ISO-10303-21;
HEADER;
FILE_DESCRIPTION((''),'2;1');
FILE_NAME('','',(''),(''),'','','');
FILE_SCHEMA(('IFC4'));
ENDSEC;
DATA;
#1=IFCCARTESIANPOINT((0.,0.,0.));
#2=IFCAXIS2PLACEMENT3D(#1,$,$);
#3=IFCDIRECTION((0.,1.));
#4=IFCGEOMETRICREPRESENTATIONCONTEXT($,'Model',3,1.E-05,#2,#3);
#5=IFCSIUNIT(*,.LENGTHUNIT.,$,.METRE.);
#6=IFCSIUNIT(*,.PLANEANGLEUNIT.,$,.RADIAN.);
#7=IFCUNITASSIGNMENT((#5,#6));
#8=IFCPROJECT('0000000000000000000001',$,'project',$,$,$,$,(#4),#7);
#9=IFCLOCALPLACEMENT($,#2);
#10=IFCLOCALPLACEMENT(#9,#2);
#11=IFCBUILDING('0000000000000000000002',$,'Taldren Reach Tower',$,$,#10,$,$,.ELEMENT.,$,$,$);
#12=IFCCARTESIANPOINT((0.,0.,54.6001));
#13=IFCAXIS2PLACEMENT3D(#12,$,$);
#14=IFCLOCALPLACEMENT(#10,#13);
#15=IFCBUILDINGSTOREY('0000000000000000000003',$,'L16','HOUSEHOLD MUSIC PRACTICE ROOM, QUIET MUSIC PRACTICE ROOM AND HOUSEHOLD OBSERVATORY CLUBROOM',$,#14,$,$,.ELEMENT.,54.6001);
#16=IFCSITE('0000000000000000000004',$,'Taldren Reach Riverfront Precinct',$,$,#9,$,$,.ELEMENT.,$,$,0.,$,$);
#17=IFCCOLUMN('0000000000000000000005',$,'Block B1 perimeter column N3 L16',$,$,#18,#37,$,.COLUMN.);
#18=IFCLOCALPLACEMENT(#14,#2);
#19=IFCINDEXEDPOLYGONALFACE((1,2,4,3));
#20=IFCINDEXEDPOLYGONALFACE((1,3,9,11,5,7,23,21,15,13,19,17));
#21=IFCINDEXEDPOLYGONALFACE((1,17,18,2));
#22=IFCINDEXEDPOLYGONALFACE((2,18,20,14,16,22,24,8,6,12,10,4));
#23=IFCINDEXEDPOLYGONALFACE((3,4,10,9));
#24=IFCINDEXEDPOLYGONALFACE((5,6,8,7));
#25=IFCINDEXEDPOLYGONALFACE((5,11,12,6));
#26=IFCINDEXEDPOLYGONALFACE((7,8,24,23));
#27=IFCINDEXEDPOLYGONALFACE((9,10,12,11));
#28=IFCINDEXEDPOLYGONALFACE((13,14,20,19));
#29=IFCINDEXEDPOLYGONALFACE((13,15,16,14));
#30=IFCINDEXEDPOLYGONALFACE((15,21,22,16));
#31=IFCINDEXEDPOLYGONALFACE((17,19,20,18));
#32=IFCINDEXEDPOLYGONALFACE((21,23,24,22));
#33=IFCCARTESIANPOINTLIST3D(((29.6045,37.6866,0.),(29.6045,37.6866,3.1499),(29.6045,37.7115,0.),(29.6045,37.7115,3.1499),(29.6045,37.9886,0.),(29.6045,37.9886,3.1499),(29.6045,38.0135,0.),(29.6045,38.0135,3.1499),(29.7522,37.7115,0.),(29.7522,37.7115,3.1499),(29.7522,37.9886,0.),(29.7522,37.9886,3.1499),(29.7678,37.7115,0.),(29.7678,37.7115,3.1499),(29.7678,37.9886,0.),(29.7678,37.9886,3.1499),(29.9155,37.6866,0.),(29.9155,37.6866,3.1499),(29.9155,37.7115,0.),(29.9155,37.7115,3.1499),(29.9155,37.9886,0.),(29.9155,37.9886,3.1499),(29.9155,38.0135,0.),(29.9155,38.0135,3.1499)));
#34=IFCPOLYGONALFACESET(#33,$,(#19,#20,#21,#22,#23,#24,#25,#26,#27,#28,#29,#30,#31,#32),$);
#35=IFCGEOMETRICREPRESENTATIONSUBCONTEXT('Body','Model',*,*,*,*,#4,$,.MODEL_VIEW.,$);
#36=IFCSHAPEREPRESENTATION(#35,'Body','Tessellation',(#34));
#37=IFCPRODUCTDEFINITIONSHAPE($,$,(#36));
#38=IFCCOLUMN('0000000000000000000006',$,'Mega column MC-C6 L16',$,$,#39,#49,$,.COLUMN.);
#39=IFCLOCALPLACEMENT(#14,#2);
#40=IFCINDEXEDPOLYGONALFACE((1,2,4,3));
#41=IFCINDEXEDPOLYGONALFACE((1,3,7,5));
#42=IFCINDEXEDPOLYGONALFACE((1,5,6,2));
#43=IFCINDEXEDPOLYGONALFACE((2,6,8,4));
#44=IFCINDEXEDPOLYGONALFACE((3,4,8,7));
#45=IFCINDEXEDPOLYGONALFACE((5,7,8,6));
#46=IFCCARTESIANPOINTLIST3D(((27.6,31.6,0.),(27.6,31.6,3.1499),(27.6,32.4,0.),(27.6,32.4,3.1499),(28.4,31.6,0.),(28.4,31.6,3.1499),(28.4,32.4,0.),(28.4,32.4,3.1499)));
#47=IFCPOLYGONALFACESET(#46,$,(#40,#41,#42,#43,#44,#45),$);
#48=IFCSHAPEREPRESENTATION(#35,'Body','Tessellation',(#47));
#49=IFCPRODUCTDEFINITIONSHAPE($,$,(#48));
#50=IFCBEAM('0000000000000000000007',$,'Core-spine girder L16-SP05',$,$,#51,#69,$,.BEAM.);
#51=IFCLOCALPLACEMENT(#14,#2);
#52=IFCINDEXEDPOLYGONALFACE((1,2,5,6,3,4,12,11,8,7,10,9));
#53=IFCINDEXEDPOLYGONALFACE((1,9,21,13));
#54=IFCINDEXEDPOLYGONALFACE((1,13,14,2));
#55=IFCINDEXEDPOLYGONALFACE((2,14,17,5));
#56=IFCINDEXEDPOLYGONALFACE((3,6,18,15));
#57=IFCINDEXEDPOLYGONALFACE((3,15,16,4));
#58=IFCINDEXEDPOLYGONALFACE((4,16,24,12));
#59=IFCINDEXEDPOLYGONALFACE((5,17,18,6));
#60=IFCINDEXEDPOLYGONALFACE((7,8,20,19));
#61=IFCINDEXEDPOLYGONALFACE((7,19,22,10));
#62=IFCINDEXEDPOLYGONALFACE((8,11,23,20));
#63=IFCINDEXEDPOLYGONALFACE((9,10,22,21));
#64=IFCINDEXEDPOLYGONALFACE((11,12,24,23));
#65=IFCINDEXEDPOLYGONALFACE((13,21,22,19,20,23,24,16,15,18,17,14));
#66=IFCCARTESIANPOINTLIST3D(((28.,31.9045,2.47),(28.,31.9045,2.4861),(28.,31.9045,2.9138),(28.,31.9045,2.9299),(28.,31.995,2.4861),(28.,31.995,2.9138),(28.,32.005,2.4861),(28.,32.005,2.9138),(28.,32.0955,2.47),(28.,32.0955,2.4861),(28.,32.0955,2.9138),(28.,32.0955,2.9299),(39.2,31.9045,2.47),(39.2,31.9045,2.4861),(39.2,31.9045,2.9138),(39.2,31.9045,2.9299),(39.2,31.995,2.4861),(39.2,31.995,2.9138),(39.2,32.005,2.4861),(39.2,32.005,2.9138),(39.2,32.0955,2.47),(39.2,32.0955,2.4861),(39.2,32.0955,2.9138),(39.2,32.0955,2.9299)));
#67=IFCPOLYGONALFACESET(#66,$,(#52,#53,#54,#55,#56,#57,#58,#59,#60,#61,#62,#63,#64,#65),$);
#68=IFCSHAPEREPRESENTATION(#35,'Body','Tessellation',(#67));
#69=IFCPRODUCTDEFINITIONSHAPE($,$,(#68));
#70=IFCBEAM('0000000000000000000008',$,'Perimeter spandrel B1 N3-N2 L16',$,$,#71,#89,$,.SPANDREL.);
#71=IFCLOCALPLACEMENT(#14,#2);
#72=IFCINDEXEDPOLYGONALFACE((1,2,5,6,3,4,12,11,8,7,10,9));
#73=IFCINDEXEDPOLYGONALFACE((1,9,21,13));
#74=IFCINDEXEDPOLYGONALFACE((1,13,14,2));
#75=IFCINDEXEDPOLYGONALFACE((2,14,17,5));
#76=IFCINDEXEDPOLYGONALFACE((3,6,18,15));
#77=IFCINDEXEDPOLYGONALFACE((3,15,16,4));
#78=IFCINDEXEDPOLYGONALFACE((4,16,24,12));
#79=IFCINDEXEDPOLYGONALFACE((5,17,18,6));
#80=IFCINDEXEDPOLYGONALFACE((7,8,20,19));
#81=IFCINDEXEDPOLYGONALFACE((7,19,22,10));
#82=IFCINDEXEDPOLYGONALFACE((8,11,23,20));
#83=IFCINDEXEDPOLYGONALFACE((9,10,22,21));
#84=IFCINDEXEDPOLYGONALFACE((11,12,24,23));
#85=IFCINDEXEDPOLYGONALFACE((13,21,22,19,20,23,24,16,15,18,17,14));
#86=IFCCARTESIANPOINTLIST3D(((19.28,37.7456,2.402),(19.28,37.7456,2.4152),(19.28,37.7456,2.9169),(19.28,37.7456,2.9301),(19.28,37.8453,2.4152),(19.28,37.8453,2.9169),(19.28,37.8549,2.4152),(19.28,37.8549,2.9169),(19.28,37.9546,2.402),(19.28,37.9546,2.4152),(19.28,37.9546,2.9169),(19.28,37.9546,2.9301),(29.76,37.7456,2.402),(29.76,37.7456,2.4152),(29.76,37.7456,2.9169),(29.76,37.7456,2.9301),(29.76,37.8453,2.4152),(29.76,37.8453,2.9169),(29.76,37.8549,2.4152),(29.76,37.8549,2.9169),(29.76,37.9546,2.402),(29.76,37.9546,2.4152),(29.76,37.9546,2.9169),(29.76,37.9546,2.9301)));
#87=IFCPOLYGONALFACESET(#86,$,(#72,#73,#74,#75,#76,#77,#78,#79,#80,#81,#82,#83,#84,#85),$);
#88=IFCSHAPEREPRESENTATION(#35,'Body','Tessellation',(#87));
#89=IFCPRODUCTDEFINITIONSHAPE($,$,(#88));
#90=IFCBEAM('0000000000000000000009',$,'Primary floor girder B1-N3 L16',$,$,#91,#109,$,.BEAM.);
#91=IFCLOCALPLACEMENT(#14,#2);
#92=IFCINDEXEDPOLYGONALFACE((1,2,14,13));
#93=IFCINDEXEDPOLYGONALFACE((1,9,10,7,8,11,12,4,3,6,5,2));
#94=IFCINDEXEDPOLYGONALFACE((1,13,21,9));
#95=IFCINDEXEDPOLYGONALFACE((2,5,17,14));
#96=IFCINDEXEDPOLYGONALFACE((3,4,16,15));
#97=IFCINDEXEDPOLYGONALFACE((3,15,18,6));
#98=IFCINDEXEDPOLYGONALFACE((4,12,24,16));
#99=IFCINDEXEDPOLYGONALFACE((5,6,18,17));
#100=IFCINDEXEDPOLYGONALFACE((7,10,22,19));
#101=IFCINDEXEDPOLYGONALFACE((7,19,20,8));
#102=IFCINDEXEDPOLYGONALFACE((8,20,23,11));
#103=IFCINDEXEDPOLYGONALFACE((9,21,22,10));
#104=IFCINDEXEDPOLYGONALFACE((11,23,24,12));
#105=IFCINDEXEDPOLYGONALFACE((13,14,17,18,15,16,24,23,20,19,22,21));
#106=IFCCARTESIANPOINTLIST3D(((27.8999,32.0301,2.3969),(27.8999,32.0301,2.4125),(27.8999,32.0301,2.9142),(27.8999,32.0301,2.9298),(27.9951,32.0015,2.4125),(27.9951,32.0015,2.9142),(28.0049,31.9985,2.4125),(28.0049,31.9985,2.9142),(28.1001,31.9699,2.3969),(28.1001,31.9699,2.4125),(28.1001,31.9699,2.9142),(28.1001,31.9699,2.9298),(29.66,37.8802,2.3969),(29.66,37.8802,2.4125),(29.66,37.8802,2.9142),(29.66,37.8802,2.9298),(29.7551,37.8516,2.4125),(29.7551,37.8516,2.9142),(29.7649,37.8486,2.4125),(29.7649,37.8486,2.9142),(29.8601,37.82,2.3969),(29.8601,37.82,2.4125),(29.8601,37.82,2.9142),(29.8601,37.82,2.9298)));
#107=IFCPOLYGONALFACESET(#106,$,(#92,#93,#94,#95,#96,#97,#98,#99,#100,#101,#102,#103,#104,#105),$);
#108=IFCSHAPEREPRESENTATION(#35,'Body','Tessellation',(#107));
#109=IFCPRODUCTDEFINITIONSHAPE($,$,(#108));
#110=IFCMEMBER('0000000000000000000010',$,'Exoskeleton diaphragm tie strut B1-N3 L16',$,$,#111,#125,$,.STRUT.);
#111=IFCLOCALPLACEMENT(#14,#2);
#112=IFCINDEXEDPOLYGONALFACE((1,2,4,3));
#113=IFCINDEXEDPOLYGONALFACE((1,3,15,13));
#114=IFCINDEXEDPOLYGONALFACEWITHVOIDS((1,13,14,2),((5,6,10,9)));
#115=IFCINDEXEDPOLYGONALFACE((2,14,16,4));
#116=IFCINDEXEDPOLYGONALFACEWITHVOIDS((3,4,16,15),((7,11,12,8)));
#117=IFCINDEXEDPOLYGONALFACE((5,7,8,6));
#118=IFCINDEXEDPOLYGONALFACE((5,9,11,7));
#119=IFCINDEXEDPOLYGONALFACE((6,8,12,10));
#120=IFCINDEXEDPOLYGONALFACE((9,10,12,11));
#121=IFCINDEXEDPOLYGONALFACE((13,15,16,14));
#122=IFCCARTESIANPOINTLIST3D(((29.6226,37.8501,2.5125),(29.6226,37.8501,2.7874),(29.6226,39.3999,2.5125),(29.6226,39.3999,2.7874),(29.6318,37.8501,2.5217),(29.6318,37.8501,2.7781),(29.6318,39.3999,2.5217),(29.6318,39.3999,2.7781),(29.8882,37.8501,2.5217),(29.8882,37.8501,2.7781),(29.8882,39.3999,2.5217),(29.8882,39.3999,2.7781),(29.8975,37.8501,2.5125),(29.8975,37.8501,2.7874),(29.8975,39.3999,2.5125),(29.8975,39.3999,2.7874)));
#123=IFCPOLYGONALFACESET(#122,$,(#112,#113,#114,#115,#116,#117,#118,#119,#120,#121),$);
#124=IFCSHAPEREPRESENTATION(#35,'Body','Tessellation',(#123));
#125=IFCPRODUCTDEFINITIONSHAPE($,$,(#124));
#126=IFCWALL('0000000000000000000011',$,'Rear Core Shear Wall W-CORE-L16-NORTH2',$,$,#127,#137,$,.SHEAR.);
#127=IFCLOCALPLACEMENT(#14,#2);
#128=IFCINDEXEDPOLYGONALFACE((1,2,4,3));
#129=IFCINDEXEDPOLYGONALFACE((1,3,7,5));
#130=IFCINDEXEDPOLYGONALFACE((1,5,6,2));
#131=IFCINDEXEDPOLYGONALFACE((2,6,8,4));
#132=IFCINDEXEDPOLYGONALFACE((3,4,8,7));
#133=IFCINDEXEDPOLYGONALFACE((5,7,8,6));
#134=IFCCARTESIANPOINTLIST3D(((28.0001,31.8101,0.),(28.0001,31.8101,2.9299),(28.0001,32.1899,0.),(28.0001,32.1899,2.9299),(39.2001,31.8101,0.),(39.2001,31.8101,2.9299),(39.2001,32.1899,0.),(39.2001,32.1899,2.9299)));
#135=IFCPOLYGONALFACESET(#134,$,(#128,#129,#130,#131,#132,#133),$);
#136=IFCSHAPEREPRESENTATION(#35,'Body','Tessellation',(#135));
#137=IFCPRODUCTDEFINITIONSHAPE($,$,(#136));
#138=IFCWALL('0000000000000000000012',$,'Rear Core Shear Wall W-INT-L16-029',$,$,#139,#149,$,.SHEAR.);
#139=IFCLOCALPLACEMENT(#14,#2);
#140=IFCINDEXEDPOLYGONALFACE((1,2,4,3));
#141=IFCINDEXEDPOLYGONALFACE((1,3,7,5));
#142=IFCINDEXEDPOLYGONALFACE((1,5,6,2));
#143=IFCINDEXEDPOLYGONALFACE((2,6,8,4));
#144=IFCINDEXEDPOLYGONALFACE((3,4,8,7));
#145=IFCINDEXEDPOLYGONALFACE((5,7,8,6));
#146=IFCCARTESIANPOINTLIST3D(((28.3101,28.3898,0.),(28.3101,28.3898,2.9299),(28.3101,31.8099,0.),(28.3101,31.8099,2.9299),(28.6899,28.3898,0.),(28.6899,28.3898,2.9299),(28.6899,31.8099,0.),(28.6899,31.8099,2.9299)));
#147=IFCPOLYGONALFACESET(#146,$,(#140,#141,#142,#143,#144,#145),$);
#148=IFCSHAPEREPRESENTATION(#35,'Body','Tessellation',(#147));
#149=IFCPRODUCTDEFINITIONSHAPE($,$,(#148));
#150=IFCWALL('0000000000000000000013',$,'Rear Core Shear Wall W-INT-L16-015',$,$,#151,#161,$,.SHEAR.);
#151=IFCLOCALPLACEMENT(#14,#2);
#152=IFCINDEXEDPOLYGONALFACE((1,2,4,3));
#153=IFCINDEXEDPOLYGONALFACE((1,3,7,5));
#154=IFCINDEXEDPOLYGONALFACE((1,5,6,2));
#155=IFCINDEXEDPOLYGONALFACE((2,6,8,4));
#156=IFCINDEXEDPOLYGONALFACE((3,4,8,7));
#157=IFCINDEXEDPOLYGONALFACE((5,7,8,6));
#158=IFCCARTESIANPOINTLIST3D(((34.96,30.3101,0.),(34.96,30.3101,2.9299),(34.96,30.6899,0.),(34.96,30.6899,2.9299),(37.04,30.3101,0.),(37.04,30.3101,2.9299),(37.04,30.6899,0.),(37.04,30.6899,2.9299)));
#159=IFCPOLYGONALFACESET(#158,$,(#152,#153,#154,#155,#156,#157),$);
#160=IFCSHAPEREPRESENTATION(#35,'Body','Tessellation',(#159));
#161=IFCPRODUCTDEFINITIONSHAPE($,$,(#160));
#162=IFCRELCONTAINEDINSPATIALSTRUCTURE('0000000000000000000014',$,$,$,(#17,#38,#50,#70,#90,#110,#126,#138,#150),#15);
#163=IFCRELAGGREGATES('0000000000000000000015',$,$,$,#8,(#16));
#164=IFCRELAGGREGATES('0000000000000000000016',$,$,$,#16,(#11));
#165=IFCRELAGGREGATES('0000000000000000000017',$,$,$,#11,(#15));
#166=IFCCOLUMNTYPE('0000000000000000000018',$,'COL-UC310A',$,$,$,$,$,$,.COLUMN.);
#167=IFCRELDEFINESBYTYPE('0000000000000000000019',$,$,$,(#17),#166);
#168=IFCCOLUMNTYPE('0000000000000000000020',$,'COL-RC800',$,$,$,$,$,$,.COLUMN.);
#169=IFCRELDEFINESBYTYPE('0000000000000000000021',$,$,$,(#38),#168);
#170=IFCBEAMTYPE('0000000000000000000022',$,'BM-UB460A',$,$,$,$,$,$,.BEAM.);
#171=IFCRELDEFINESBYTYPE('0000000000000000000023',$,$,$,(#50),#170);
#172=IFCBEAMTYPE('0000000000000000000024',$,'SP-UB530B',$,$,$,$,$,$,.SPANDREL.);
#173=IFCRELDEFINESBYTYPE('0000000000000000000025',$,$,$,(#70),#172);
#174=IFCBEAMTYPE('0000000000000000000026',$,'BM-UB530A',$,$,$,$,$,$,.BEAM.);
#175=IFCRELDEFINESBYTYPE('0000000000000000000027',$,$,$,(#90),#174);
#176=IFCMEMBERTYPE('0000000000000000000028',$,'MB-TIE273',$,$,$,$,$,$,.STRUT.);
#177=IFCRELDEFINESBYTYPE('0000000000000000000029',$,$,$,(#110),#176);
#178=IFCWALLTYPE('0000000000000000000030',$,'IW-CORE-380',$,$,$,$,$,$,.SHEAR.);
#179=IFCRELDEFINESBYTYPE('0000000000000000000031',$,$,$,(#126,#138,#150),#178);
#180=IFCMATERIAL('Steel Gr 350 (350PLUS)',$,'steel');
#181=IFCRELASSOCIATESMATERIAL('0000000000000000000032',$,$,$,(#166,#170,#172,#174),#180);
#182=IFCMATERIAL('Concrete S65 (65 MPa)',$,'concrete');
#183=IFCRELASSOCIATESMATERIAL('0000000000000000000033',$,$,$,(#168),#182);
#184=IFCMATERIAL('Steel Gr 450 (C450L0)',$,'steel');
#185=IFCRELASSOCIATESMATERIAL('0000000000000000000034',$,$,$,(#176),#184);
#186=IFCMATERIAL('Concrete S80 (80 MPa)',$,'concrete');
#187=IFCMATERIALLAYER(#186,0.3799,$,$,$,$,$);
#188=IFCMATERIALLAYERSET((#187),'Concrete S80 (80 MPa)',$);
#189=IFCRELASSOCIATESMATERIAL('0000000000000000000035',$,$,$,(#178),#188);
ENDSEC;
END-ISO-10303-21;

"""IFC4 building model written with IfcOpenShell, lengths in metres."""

from ifc_helpers import new_model, si_unit, direction, frame, frame_2d, origin, origin_2d, place, context, subcontext, project, spatial, rectangle, hollow_rectangle, i_section, extrude, source, transform, mapped, material, layer, layer_set, material_profile, profile_set, type_object, element, save


model = new_model("IFC4")

# Units and contexts
model_context = context("Model", 3, precision=1e-05, world=origin(), true_north=direction((0.0, 1.0)))
body_context = subcontext(model_context, "Body", "Model", "MODEL_VIEW")
ifc_project = project(units=[si_unit("LENGTHUNIT", "METRE"), si_unit("PLANEANGLEUNIT", "RADIAN")], contexts=[model_context])

# Site, building, storey
site_placement = place(None, origin())
site = spatial("IfcSite", under=ifc_project, at=site_placement, Name="Taldren Reach Riverfront Precinct", CompositionType="ELEMENT", RefElevation=0.0)
building_placement = place(site_placement, origin())
building = spatial("IfcBuilding", under=site, at=building_placement, Name="Taldren Reach Tower", CompositionType="ELEMENT")
storey_placement = place(building_placement, frame((0.0, 0.0, 54.6001)))
storey = spatial("IfcBuildingStorey", under=building, at=storey_placement, Name="L16", Description="HOUSEHOLD MUSIC PRACTICE ROOM, QUIET MUSIC PRACTICE ROOM AND HOUSEHOLD OBSERVATORY CLUBROOM", CompositionType="ELEMENT", Elevation=54.6001)

# Columns
ifc_material_1 = material(Name="Steel Gr 350 (350PLUS)", Category="steel")
ifc_material_profile_1 = material_profile(ifc_material_1, i_section(OverallWidth=0.311, OverallDepth=0.3269, WebThickness=0.0156, FlangeThickness=0.0249, at=origin_2d()), Name="310UC158")
ifc_profile_set_1 = profile_set([ifc_material_profile_1], Name="Steel Gr 350 (350PLUS)")
column_type_1 = type_object("IfcColumnType", Name="COL-UC310A", PredefinedType="COLUMN", material=ifc_profile_set_1)
shared_shape_1 = source(origin(), body_context, "Body", "SweptSolid", [
    extrude(i_section(OverallWidth=0.311, OverallDepth=0.3269, WebThickness=0.0156, FlangeThickness=0.0249, at=origin_2d()), origin(), (0.0, 0.0, 1.0), 3.1499),
])
column_1_placement = place(storey_placement, frame((29.76, 37.8501, 0.0), z_axis=(0.0, 0.0, 1.0), x_axis=(1.0, 0.0, 0.0)))
element("IfcColumn", 1, at=column_1_placement, inside=storey, type_object=column_type_1, Name="Block B1 perimeter column N3 L16", PredefinedType="COLUMN", context=body_context, shape_type="MappedRepresentation", body=[
    mapped(shared_shape_1, transform((0.0, 0.0, 0.0), scale=1.0)),
])
ifc_material_2 = material(Name="Concrete S65 (65 MPa)", Category="concrete")
ifc_material_profile_2 = material_profile(ifc_material_2, rectangle(XDim=0.8, YDim=0.8, at=origin_2d()), Name="RC-800x800")
ifc_profile_set_2 = profile_set([ifc_material_profile_2], Name="Concrete S65 (65 MPa)")
column_type_2 = type_object("IfcColumnType", Name="COL-RC800", PredefinedType="COLUMN", material=ifc_profile_set_2)
shared_shape_2 = source(origin(), body_context, "Body", "SweptSolid", [
    extrude(rectangle(XDim=0.8, YDim=0.8, at=origin_2d()), origin(), (0.0, 0.0, 1.0), 3.1499),
])
column_2_placement = place(storey_placement, frame((28.0, 32.0, 0.0), z_axis=(0.0, 0.0, 1.0), x_axis=(1.0, 0.0, 0.0)))
element("IfcColumn", 2, at=column_2_placement, inside=storey, type_object=column_type_2, Name="Mega column MC-C6 L16", PredefinedType="COLUMN", context=body_context, shape_type="MappedRepresentation", body=[
    mapped(shared_shape_2, transform((0.0, 0.0, 0.0), scale=1.0)),
])

# Beams
ifc_material_profile_3 = material_profile(ifc_material_1, i_section(OverallWidth=0.1909, OverallDepth=0.46, WebThickness=0.01, FlangeThickness=0.0161, at=origin_2d()), Name="460UB82.1")
ifc_profile_set_3 = profile_set([ifc_material_profile_3], Name="Steel Gr 350 (350PLUS)")
beam_type_1 = type_object("IfcBeamType", Name="BM-UB460A", PredefinedType="BEAM", material=ifc_profile_set_3)
shared_shape_3 = source(origin(), body_context, "Body", "SweptSolid", [
    extrude(i_section(OverallWidth=0.1909, OverallDepth=0.46, WebThickness=0.01, FlangeThickness=0.0161, at=origin_2d()), origin(), (0.0, 0.0, 1.0), 11.2),
])
beam_1_placement = place(storey_placement, frame((28.0, 32.0, 2.7), z_axis=(1.0, 0.0, 0.0), x_axis=(0.0, 1.0, 0.0)))
element("IfcBeam", 3, at=beam_1_placement, inside=storey, type_object=beam_type_1, Name="Core-spine girder L16-SP05", PredefinedType="BEAM", context=body_context, shape_type="MappedRepresentation", body=[
    mapped(shared_shape_3, transform((0.0, 0.0, 0.0), scale=1.0)),
])
ifc_material_profile_4 = material_profile(ifc_material_1, i_section(OverallWidth=0.209, OverallDepth=0.5281, WebThickness=0.0095, FlangeThickness=0.0132, at=origin_2d()), Name="530UB82.0")
ifc_profile_set_4 = profile_set([ifc_material_profile_4], Name="Steel Gr 350 (350PLUS)")
beam_type_2 = type_object("IfcBeamType", Name="SP-UB530B", PredefinedType="SPANDREL", material=ifc_profile_set_4)
shared_shape_4 = source(origin(), body_context, "Body", "SweptSolid", [
    extrude(i_section(OverallWidth=0.209, OverallDepth=0.5281, WebThickness=0.0095, FlangeThickness=0.0132, at=origin_2d()), origin(), (0.0, 0.0, 1.0), 10.48),
])
beam_2_placement = place(storey_placement, frame((29.76, 37.8501, 2.666), z_axis=(-1.0, 0.0, 0.0), x_axis=(0.0, -1.0, 0.0)))
element("IfcBeam", 4, at=beam_2_placement, inside=storey, type_object=beam_type_2, Name="Perimeter spandrel B1 N3-N2 L16", PredefinedType="SPANDREL", context=body_context, shape_type="MappedRepresentation", body=[
    mapped(shared_shape_4, transform((0.0, 0.0, 0.0), scale=1.0)),
])
ifc_material_profile_5 = material_profile(ifc_material_1, i_section(OverallWidth=0.209, OverallDepth=0.533, WebThickness=0.0103, FlangeThickness=0.0156, at=origin_2d()), Name="530UB92.4")
ifc_profile_set_5 = profile_set([ifc_material_profile_5], Name="Steel Gr 350 (350PLUS)")
beam_type_3 = type_object("IfcBeamType", Name="BM-UB530A", PredefinedType="BEAM", material=ifc_profile_set_5)
shared_shape_5 = source(origin(), body_context, "Body", "SweptSolid", [
    extrude(i_section(OverallWidth=0.209, OverallDepth=0.533, WebThickness=0.0103, FlangeThickness=0.0156, at=origin_2d()), origin(), (0.0, 0.0, 1.0), 6.1091),
])
beam_3_placement = place(storey_placement, frame((28.0, 32.0, 2.6633), z_axis=(0.288096, 0.957602, 0.0), x_axis=(-0.957602, 0.288096, 0.0)))
element("IfcBeam", 5, at=beam_3_placement, inside=storey, type_object=beam_type_3, Name="Primary floor girder B1-N3 L16", PredefinedType="BEAM", context=body_context, shape_type="MappedRepresentation", body=[
    mapped(shared_shape_5, transform((0.0, 0.0, 0.0), scale=1.0)),
])

# Member
ifc_material_3 = material(Name="Steel Gr 450 (C450L0)", Category="steel")
ifc_material_profile_6 = material_profile(ifc_material_3, hollow_rectangle(XDim=0.2749, YDim=0.2749, WallThickness=0.0093, at=origin_2d()), Name="275x275x9.3SHS")
ifc_profile_set_6 = profile_set([ifc_material_profile_6], Name="Steel Gr 450 (C450L0)")
member_type = type_object("IfcMemberType", Name="MB-TIE273", PredefinedType="STRUT", material=ifc_profile_set_6)
shared_shape_6 = source(origin(), body_context, "Body", "SweptSolid", [
    extrude(hollow_rectangle(XDim=0.2749, YDim=0.2749, WallThickness=0.0093, at=origin_2d()), origin(), (0.0, 0.0, 1.0), 1.5498),
])
member_placement = place(storey_placement, frame((29.76, 37.8501, 2.6499), z_axis=(0.0, 1.0, 0.0), x_axis=(-1.0, 0.0, 0.0)))
element("IfcMember", 6, at=member_placement, inside=storey, type_object=member_type, Name="Exoskeleton diaphragm tie strut B1-N3 L16", PredefinedType="STRUT", context=body_context, shape_type="MappedRepresentation", body=[
    mapped(shared_shape_6, transform((0.0, 0.0, 0.0), scale=1.0)),
])

# Walls
ifc_material_4 = material(Name="Concrete S80 (80 MPa)", Category="concrete")
ifc_layer_1 = layer(ifc_material_4, 0.3799)
ifc_layer_set_1 = layer_set([ifc_layer_1], Name="Concrete S80 (80 MPa)")
wall_type_1 = type_object("IfcWallType", Name="IW-CORE-380", PredefinedType="SHEAR", material=ifc_layer_set_1)
shared_shape_7 = source(origin(), body_context, "Body", "SweptSolid", [
    extrude(rectangle(XDim=11.2, YDim=0.3799, at=frame_2d((5.6001, 0.0))), origin(), (0.0, 0.0, 1.0), 2.9299),
])
wall_1_placement = place(storey_placement, frame((28.0, 32.0, 0.0), z_axis=(0.0, 0.0, 1.0), x_axis=(1.0, 0.0, 0.0)))
element("IfcWall", 7, at=wall_1_placement, inside=storey, type_object=wall_type_1, Name="Rear Core Shear Wall W-CORE-L16-NORTH2", PredefinedType="SHEAR", context=body_context, shape_type="MappedRepresentation", body=[
    mapped(shared_shape_7, transform((0.0, 0.0, 0.0), scale=1.0)),
])
shared_shape_8 = source(origin(), body_context, "Body", "SweptSolid", [
    extrude(rectangle(XDim=3.4202, YDim=0.3799, at=frame_2d((1.71, 0.0))), origin(), (0.0, 0.0, 1.0), 2.9299),
])
wall_2_placement = place(storey_placement, frame((28.5, 28.3899, 0.0), z_axis=(0.0, 0.0, 1.0), x_axis=(0.0, 1.0, 0.0)))
element("IfcWall", 8, at=wall_2_placement, inside=storey, type_object=wall_type_1, Name="Rear Core Shear Wall W-INT-L16-029", PredefinedType="SHEAR", context=body_context, shape_type="MappedRepresentation", body=[
    mapped(shared_shape_8, transform((0.0, 0.0, 0.0), scale=1.0)),
])
shared_shape_9 = source(origin(), body_context, "Body", "SweptSolid", [
    extrude(rectangle(XDim=2.0801, YDim=0.3799, at=frame_2d((1.04, 0.0))), origin(), (0.0, 0.0, 1.0), 2.9299),
])
for number, where, z_axis, x_axis, name in (
    (9, (34.96, 30.5, 0.0), (0.0, 0.0, 1.0), (1.0, 0.0, 0.0), "Rear Core Shear Wall W-INT-L16-015"),
):
    element("IfcWall", number, at=place(storey_placement, frame(where, z_axis=z_axis, x_axis=x_axis)), inside=storey, type_object=wall_type_1, Name=name, PredefinedType="SHEAR", context=body_context, shape_type="MappedRepresentation", body=[
        mapped(shared_shape_9, transform((0.0, 0.0, 0.0), scale=1.0)),
    ])

save(model, "model.ifc")
